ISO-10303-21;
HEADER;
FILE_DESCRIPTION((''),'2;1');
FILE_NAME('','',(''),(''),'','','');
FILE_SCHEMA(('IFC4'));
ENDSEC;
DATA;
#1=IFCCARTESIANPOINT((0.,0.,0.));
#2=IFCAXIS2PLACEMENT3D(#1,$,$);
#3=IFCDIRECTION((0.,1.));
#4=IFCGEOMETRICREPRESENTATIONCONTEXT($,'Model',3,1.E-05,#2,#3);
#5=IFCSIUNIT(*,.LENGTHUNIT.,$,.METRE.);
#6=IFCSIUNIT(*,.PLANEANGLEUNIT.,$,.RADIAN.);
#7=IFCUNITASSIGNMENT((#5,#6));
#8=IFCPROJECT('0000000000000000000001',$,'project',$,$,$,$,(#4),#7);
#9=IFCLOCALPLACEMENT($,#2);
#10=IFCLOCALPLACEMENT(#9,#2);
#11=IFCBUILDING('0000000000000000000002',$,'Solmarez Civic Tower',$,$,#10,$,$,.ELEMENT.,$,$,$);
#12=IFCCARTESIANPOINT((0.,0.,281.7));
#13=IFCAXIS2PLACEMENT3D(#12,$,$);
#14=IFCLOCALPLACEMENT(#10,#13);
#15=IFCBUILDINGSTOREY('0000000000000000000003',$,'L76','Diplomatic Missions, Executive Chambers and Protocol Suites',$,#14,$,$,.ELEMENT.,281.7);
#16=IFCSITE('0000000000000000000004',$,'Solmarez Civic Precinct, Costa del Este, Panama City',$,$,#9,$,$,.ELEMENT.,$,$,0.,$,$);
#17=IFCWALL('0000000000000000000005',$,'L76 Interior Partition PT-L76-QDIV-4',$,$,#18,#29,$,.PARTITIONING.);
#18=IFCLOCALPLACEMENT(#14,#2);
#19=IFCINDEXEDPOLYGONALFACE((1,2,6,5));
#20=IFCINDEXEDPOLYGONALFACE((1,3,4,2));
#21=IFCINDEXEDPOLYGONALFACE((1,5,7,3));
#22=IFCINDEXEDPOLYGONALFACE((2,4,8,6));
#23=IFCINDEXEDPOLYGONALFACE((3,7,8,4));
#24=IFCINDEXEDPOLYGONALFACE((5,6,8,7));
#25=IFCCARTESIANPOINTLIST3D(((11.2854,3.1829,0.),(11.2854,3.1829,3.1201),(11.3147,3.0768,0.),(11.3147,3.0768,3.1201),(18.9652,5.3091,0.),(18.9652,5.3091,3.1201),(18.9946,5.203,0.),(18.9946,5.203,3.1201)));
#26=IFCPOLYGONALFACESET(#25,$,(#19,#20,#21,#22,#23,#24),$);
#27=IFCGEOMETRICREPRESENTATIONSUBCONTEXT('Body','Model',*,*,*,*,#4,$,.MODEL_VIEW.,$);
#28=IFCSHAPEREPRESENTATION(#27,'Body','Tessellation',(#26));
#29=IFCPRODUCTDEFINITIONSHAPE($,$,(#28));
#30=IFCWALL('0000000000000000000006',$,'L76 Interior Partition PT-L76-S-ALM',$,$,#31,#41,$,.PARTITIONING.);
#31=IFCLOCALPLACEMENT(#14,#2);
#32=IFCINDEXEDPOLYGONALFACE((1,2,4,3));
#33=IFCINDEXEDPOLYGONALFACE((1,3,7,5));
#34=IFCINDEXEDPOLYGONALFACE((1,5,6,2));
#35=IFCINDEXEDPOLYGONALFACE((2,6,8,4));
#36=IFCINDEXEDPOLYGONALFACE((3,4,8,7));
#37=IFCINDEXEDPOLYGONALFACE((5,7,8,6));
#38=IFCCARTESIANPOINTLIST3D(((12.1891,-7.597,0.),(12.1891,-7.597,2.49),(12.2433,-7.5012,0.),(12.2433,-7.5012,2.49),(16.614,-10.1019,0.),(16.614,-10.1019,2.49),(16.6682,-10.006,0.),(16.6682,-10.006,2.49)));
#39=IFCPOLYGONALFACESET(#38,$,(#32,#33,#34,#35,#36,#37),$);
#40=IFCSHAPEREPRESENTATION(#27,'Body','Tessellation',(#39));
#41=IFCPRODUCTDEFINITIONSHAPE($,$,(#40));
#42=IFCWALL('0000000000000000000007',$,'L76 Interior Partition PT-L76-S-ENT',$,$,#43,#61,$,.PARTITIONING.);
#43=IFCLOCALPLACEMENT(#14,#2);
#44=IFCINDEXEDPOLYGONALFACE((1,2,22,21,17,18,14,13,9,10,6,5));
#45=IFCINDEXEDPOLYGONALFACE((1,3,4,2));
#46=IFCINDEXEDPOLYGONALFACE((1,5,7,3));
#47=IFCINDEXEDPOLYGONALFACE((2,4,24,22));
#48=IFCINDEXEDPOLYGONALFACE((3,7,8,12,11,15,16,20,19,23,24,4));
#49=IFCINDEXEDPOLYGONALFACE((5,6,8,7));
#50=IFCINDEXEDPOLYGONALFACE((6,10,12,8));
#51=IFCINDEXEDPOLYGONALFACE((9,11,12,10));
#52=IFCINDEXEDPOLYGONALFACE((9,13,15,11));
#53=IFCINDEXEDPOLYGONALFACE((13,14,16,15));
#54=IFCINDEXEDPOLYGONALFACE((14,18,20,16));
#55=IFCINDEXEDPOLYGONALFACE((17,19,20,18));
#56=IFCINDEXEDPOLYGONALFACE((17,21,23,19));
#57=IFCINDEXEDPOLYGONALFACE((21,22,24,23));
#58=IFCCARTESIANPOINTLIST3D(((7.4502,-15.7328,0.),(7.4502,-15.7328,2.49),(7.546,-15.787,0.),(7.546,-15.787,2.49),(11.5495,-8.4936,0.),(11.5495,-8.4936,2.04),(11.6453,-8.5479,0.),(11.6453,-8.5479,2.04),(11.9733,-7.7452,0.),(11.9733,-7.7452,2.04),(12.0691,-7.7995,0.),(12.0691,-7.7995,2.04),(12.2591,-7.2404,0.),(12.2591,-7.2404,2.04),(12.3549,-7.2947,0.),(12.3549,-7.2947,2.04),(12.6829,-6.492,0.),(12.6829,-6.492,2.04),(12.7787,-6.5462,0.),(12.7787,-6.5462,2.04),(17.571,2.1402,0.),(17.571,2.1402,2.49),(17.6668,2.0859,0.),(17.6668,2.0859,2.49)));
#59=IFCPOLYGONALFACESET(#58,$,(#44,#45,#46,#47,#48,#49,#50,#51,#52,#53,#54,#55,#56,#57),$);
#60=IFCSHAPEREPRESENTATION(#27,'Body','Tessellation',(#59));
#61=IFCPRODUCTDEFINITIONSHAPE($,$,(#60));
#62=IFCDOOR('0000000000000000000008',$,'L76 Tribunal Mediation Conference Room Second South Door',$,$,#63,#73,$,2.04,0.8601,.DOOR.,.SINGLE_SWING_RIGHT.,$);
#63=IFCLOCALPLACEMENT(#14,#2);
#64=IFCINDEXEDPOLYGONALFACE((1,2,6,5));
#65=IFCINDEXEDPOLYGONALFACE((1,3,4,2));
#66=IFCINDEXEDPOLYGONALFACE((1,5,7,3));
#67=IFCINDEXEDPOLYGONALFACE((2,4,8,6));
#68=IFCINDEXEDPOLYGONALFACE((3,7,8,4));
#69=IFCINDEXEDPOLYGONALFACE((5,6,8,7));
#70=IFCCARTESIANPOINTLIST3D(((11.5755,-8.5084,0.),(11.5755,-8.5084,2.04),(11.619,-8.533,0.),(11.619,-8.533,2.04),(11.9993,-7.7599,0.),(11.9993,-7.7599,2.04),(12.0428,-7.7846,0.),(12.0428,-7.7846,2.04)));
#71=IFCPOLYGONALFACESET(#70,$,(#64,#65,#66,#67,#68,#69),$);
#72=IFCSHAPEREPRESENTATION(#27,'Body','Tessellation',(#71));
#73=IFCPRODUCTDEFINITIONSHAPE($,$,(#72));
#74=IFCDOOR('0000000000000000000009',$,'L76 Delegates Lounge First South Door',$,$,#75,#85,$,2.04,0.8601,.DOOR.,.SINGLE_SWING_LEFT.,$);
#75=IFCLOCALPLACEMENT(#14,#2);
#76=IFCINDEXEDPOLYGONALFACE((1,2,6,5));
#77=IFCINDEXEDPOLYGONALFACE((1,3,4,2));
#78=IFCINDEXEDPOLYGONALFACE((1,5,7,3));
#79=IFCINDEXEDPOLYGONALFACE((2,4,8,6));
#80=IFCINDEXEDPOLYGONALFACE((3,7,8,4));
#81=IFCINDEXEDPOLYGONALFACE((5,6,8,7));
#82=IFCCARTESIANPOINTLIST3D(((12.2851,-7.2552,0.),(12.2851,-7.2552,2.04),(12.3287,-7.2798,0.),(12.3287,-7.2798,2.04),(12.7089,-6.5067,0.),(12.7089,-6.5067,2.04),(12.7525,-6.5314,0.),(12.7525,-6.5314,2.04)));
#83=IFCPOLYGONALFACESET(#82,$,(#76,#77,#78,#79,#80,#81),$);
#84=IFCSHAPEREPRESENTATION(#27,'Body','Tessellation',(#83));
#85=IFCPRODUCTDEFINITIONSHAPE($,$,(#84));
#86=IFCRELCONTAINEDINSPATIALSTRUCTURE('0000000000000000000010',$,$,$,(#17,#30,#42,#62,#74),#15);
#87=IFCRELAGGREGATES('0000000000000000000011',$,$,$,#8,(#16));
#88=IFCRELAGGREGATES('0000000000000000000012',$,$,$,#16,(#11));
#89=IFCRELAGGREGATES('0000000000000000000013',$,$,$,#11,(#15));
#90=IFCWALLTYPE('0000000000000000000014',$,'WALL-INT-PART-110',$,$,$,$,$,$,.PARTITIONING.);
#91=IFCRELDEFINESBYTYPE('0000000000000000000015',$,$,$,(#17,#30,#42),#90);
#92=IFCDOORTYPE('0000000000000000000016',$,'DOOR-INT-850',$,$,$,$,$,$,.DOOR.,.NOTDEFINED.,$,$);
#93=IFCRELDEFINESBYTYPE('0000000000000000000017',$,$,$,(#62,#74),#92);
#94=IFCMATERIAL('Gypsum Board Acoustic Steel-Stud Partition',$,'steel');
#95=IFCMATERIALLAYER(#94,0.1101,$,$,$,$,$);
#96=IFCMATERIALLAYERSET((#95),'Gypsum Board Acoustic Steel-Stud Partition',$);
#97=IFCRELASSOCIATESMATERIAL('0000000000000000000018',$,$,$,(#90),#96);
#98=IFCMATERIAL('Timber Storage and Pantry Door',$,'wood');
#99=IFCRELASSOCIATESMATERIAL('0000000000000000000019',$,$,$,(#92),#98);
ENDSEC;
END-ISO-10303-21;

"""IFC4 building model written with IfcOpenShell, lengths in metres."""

from ifc_helpers import new_model, si_unit, direction, frame, frame_2d, origin, place, context, subcontext, project, spatial, rectangle, extrude, material, layer, layer_set, type_object, element, fill, save


model = new_model("IFC4")

# Units and contexts
model_context = context("Model", 3, precision=1e-05, world=origin(), true_north=direction((0.0, 1.0)))
body_context = subcontext(model_context, "Body", "Model", "MODEL_VIEW")
ifc_project = project(units=[si_unit("LENGTHUNIT", "METRE"), si_unit("PLANEANGLEUNIT", "RADIAN")], contexts=[model_context])

# Site, building, storey
site_placement = place(None, origin())
site = spatial("IfcSite", under=ifc_project, at=site_placement, Name="Solmarez Civic Precinct, Costa del Este, Panama City", CompositionType="ELEMENT", RefElevation=0.0)
building_placement = place(site_placement, origin())
building = spatial("IfcBuilding", under=site, at=building_placement, Name="Solmarez Civic Tower", CompositionType="ELEMENT")
storey_placement = place(building_placement, frame((0.0, 0.0, 281.7)))
storey = spatial("IfcBuildingStorey", under=building, at=storey_placement, Name="L76", Description="Diplomatic Missions, Executive Chambers and Protocol Suites", CompositionType="ELEMENT", Elevation=281.7)

# Walls
ifc_material_1 = material(Name="Gypsum Board Acoustic Steel-Stud Partition", Category="steel")
ifc_layer_1 = layer(ifc_material_1, 0.1101)
ifc_layer_set_1 = layer_set([ifc_layer_1], Name="Gypsum Board Acoustic Steel-Stud Partition")
wall_type_1 = type_object("IfcWallType", Name="WALL-INT-PART-110", PredefinedType="PARTITIONING", material=ifc_layer_set_1)
wall_1_placement = place(storey_placement, frame((11.3, 3.1299, 0.0), z_axis=(0.0, 0.0, 1.0), x_axis=(0.963747, 0.266817, 0.0)))
element("IfcWall", 1, at=wall_1_placement, inside=storey, type_object=wall_type_1, Name="L76 Interior Partition PT-L76-QDIV-4", PredefinedType="PARTITIONING", context=body_context, shape_type="SweptSolid", body=[
    extrude(rectangle(XDim=7.9688, YDim=0.1101, at=frame_2d((3.9844, 0.0))), origin(), (0.0, 0.0, 1.0), 3.1201),
])
wall_2_placement = place(storey_placement, frame((12.2161, -7.5491, 0.0), z_axis=(0.0, 0.0, 1.0), x_axis=(0.870245, -0.492619, 0.0)))
element("IfcWall", 2, at=wall_2_placement, inside=storey, type_object=wall_type_1, Name="L76 Interior Partition PT-L76-S-ALM", PredefinedType="PARTITIONING", context=body_context, shape_type="SweptSolid", body=[
    extrude(rectangle(XDim=5.0847, YDim=0.1101, at=frame_2d((2.5425, 0.0))), origin(), (0.0, 0.0, 1.0), 2.49),
])

# Wall, openings, doors
wall_3_placement = place(storey_placement, frame((17.6189, 2.113, 0.0), z_axis=(0.0, 0.0, 1.0), x_axis=(-0.492747, -0.870173, 0.0)))
wall_3 = element("IfcWall", 3, at=wall_3_placement, inside=storey, type_object=wall_type_1, Name="L76 Interior Partition PT-L76-S-ENT", PredefinedType="PARTITIONING", context=body_context, shape_type="SweptSolid", body=[
    extrude(rectangle(XDim=20.5396, YDim=0.1101, at=frame_2d((10.2698, 0.0))), origin(), (0.0, 0.0, 1.0), 2.49),
])
opening_1_placement = place(wall_3_placement, frame((11.3601, 0.0, 0.0)))
opening_1 = element("IfcOpeningElement", 4, at=opening_1_placement, cuts=wall_3, PredefinedType="OPENING", context=body_context, shape_type="SweptSolid", body=[
    extrude(rectangle(XDim=0.8601, YDim=2.04, at=frame_2d((0.4302, 1.02))), frame((0.0, 0.0649, 0.0), z_axis=(0.0, -1.0, 0.0), x_axis=(1.0, 0.0, 0.0)), (0.0, 0.0, 1.0), 0.1301),
])
opening_2_placement = place(wall_3_placement, frame((9.9199, 0.0, 0.0)))
opening_2 = element("IfcOpeningElement", 5, at=opening_2_placement, cuts=wall_3, PredefinedType="OPENING", context=body_context, shape_type="SweptSolid", body=[
    extrude(rectangle(XDim=0.8601, YDim=2.04, at=frame_2d((0.4302, 1.02))), frame((0.0, 0.0649, 0.0), z_axis=(0.0, -1.0, 0.0), x_axis=(1.0, 0.0, 0.0)), (0.0, 0.0, 1.0), 0.1301),
])
ifc_material_2 = material(Name="Timber Storage and Pantry Door", Category="wood")
door_type = type_object("IfcDoorType", Name="DOOR-INT-850", OperationType="NOTDEFINED", PredefinedType="DOOR", material=ifc_material_2)
door_1_placement = place(opening_1_placement, origin())
door_1 = element("IfcDoor", 6, at=door_1_placement, inside=storey, type_object=door_type, Name="L76 Tribunal Mediation Conference Room Second South Door", OperationType="SINGLE_SWING_RIGHT", OverallHeight=2.04, OverallWidth=0.8601, PredefinedType="DOOR", context=body_context, shape_type="SweptSolid", body=[
    extrude(rectangle(XDim=0.8601, YDim=2.04, at=frame_2d((0.4302, 1.02))), frame((0.0, 0.0249, 0.0), z_axis=(0.0, -1.0, 0.0), x_axis=(1.0, 0.0, 0.0)), (0.0, 0.0, 1.0), 0.05),
])
fill(opening_1, door_1)
door_2_placement = place(opening_2_placement, origin())
door_2 = element("IfcDoor", 7, at=door_2_placement, inside=storey, type_object=door_type, Name="L76 Delegates Lounge First South Door", OperationType="SINGLE_SWING_LEFT", OverallHeight=2.04, OverallWidth=0.8601, PredefinedType="DOOR", context=body_context, shape_type="SweptSolid", body=[
    extrude(rectangle(XDim=0.8601, YDim=2.04, at=frame_2d((0.4302, 1.02))), frame((0.0, 0.0249, 0.0), z_axis=(0.0, -1.0, 0.0), x_axis=(1.0, 0.0, 0.0)), (0.0, 0.0, 1.0), 0.05),
])
fill(opening_2, door_2)

save(model, "model.ifc")
